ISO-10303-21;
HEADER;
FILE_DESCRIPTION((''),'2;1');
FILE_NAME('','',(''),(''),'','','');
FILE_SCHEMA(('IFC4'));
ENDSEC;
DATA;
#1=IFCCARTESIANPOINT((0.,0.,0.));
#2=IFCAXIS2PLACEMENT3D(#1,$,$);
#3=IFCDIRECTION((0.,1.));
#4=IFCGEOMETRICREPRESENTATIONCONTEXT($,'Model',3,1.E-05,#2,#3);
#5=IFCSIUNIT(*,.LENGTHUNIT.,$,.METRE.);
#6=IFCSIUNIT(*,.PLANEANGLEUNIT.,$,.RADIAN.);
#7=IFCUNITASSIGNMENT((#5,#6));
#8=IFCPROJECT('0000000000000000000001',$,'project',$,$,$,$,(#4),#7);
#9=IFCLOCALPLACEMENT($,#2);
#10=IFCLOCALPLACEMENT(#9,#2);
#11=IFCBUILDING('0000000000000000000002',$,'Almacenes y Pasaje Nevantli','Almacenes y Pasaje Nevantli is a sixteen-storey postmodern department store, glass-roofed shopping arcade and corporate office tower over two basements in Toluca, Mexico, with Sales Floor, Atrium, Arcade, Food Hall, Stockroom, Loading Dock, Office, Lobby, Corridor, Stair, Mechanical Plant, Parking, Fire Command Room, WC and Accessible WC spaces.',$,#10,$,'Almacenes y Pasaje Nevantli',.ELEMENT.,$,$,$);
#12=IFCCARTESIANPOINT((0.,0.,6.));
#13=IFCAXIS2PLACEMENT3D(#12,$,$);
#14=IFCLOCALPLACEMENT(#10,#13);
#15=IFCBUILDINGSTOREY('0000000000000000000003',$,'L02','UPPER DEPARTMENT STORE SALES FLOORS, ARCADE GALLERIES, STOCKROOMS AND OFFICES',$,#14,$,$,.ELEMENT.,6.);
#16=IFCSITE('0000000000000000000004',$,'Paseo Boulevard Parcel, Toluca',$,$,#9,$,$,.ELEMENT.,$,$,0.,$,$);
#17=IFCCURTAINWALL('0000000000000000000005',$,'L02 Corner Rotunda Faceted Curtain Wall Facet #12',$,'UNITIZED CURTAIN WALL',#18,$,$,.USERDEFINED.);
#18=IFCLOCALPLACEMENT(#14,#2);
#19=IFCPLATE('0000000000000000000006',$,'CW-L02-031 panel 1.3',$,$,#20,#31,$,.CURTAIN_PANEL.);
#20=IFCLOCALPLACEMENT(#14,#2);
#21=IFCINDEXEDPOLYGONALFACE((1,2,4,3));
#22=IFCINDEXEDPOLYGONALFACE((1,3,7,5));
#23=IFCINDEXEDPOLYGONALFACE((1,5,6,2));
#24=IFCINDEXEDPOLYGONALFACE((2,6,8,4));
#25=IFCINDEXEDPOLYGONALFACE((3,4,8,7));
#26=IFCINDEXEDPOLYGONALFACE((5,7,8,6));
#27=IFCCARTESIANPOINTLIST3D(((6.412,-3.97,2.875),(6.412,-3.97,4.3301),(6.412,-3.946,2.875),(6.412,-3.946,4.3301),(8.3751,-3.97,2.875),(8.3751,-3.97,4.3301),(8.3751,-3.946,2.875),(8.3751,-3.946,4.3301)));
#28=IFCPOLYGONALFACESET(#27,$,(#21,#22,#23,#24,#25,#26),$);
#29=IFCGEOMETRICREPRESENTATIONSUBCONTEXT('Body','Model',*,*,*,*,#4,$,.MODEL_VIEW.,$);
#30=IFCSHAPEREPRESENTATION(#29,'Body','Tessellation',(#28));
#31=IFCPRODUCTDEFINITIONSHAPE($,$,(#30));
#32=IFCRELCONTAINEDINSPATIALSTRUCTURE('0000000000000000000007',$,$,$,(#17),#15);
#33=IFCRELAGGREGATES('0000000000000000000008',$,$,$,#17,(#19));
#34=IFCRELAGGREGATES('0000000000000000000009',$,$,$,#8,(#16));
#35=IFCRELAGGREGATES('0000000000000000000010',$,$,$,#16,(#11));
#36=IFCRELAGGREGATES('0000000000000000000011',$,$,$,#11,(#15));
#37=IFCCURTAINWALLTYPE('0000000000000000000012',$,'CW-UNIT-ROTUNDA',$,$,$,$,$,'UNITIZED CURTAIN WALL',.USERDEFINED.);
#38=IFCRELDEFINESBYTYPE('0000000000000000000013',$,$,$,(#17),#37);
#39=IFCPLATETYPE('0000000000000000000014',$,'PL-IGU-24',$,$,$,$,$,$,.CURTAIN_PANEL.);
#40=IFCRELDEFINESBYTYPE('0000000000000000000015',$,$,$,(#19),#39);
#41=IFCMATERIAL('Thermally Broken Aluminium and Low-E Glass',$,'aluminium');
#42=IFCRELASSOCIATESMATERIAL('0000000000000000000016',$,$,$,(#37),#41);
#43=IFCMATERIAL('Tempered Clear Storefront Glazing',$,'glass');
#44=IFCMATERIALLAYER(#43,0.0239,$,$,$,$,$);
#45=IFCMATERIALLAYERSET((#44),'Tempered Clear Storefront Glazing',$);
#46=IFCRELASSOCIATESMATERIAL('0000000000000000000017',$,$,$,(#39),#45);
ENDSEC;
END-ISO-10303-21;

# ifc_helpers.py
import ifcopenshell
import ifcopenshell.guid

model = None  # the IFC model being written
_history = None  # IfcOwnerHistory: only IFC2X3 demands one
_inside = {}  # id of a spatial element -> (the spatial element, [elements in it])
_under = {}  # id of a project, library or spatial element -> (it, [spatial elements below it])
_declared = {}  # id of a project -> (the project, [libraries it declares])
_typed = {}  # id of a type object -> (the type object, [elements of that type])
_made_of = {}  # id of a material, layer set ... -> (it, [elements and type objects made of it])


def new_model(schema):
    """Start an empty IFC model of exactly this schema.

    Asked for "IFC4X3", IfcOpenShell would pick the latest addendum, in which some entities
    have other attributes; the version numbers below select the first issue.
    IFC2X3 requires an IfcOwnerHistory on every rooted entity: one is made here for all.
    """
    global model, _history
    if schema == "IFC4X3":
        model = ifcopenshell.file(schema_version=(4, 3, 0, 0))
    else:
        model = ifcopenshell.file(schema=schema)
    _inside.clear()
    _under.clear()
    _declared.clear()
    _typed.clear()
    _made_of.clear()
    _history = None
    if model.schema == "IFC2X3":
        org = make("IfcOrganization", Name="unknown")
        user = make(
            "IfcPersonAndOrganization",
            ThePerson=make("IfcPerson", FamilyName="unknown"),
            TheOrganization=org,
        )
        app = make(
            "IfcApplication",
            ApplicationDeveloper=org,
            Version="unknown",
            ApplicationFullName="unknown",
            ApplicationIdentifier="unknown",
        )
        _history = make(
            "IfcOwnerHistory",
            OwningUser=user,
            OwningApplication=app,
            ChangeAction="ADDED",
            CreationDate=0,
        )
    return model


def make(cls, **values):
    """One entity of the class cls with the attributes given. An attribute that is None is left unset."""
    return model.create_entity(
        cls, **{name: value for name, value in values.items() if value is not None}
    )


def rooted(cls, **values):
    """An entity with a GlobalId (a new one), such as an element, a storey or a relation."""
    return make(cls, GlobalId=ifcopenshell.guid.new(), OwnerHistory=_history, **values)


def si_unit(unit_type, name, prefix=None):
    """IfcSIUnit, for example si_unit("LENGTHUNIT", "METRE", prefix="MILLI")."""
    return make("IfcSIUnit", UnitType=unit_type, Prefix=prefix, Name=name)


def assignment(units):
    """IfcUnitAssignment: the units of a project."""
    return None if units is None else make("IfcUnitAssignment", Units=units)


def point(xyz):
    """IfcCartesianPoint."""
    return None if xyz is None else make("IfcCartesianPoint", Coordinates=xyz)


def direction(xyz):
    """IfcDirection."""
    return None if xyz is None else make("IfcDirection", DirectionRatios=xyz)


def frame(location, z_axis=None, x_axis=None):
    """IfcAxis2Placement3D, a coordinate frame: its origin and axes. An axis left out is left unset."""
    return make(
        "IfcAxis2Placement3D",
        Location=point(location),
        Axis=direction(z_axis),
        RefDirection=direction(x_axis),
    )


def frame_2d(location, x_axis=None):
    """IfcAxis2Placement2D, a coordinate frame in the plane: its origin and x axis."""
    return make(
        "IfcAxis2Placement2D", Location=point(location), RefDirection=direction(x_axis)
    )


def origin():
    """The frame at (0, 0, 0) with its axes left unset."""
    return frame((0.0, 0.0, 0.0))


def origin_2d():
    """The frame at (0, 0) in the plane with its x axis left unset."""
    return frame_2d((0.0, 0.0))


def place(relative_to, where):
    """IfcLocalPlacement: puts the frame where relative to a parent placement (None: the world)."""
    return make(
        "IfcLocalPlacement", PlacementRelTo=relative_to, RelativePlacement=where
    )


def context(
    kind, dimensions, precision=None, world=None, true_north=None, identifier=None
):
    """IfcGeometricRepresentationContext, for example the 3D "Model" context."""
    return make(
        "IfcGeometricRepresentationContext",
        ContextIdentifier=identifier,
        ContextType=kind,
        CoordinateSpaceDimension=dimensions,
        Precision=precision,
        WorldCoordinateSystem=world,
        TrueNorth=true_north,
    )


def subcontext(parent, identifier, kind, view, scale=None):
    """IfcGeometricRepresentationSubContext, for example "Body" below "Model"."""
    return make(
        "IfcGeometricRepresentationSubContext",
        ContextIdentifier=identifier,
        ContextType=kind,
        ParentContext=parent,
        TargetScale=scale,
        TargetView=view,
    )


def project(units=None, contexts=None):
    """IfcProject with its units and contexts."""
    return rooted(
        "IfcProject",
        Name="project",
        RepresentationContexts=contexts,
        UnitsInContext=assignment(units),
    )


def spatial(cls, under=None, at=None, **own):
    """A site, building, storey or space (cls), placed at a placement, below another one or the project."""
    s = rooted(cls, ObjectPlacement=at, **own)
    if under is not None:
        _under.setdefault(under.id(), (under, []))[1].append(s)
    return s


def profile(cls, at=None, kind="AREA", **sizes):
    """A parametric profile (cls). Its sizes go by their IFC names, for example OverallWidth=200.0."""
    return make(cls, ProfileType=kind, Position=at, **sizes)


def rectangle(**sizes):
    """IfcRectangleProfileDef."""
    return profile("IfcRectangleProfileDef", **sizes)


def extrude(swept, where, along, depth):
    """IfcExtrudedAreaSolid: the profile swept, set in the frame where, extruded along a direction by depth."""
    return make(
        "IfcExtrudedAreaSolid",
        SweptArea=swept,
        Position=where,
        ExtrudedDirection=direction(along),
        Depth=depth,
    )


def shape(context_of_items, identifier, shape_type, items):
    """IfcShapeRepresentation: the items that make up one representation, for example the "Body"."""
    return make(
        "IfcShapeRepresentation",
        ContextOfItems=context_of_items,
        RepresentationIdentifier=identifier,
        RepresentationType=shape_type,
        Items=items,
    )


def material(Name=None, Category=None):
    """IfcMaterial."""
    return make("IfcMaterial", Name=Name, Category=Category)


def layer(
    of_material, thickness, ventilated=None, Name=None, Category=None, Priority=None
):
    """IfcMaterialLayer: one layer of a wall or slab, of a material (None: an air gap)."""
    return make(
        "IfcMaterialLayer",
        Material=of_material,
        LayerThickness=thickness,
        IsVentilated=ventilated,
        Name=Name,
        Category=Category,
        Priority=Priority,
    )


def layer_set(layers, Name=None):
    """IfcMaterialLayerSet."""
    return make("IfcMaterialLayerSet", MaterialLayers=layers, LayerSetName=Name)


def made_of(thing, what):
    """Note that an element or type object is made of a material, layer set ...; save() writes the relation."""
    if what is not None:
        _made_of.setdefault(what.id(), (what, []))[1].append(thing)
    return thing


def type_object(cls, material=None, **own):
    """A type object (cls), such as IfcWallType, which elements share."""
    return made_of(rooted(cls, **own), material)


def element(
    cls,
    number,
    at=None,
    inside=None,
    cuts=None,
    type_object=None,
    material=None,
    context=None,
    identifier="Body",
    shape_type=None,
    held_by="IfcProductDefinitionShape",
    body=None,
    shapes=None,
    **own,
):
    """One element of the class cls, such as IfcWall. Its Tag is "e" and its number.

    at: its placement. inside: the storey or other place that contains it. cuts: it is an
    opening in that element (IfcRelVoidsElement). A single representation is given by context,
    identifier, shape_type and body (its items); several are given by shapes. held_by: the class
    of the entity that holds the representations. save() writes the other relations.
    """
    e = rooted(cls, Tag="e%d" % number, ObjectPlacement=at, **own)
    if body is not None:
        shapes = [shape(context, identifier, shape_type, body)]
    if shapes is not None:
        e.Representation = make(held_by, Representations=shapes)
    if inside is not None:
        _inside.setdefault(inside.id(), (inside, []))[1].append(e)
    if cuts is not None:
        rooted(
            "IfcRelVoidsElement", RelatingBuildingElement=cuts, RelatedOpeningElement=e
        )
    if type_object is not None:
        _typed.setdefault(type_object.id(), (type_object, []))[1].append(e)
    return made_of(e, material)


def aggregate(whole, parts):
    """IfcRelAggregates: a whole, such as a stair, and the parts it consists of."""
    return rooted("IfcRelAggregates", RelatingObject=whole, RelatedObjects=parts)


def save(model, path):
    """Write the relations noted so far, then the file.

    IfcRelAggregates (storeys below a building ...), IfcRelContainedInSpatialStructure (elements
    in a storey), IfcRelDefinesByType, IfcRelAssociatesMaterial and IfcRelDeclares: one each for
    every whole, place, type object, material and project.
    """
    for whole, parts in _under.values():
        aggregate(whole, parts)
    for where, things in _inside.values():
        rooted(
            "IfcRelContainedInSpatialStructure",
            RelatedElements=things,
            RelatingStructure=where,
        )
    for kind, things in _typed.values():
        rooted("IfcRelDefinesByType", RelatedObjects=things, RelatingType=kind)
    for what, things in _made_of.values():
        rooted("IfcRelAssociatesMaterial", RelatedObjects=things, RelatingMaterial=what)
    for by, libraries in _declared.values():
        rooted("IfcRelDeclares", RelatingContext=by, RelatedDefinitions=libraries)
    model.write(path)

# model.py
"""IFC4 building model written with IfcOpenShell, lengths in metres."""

from ifc_helpers import new_model, si_unit, direction, frame, origin, origin_2d, place, context, subcontext, project, spatial, rectangle, extrude, material, layer, layer_set, type_object, element, aggregate, save


model = new_model("IFC4")

# Units and contexts
model_context = context("Model", 3, precision=1e-05, world=origin(), true_north=direction((0.0, 1.0)))
body_context = subcontext(model_context, "Body", "Model", "MODEL_VIEW")
ifc_project = project(units=[si_unit("LENGTHUNIT", "METRE"), si_unit("PLANEANGLEUNIT", "RADIAN")], contexts=[model_context])

# Site, building, storey
site_placement = place(None, origin())
site = spatial("IfcSite", under=ifc_project, at=site_placement, Name="Paseo Boulevard Parcel, Toluca", CompositionType="ELEMENT", RefElevation=0.0)
building_placement = place(site_placement, origin())
building = spatial("IfcBuilding", under=site, at=building_placement, Name="Almacenes y Pasaje Nevantli", Description="Almacenes y Pasaje Nevantli is a sixteen-storey postmodern department store, glass-roofed shopping arcade and corporate office tower over two basements in Toluca, Mexico, with Sales Floor, Atrium, Arcade, Food Hall, Stockroom, Loading Dock, Office, Lobby, Corridor, Stair, Mechanical Plant, Parking, Fire Command Room, WC and Accessible WC spaces.", LongName="Almacenes y Pasaje Nevantli", CompositionType="ELEMENT")
storey_placement = place(building_placement, frame((0.0, 0.0, 6.0)))
storey = spatial("IfcBuildingStorey", under=building, at=storey_placement, Name="L02", Description="UPPER DEPARTMENT STORE SALES FLOORS, ARCADE GALLERIES, STOCKROOMS AND OFFICES", CompositionType="ELEMENT", Elevation=6.0)

# Shared definitions
ifc_material_1 = material(Name="Thermally Broken Aluminium and Low-E Glass", Category="aluminium")
curtain_wall_type = type_object("IfcCurtainWallType", Name="CW-UNIT-ROTUNDA", ElementType="UNITIZED CURTAIN WALL", PredefinedType="USERDEFINED", material=ifc_material_1)

# Curtain wall
curtain_wall_1_placement = place(storey_placement, origin())
curtain_wall_1 = element("IfcCurtainWall", 1, at=curtain_wall_1_placement, inside=storey, type_object=curtain_wall_type, Name="L02 Corner Rotunda Faceted Curtain Wall Facet #12", ObjectType="UNITIZED CURTAIN WALL", PredefinedType="USERDEFINED")

# Plate
ifc_material_2 = material(Name="Tempered Clear Storefront Glazing", Category="glass")
ifc_layer = layer(ifc_material_2, 0.0239)
ifc_layer_set = layer_set([ifc_layer], Name="Tempered Clear Storefront Glazing")
plate_type = type_object("IfcPlateType", Name="PL-IGU-24", PredefinedType="CURTAIN_PANEL", material=ifc_layer_set)
plate_1_placement = place(storey_placement, frame((7.3936, -3.958, 2.875), z_axis=(0.0, 0.0, 1.0), x_axis=(1.0, 0.0, 0.0)))
plate_1 = element("IfcPlate", 2, at=plate_1_placement, type_object=plate_type, Name="CW-L02-031 panel 1.3", PredefinedType="CURTAIN_PANEL", context=body_context, shape_type="SweptSolid", body=[
    extrude(rectangle(XDim=1.9631, YDim=0.0239, at=origin_2d()), origin(), (0.0, 0.0, 1.0), 1.4551),
])
aggregate(curtain_wall_1, [plate_1])

save(model, "model.ifc")
